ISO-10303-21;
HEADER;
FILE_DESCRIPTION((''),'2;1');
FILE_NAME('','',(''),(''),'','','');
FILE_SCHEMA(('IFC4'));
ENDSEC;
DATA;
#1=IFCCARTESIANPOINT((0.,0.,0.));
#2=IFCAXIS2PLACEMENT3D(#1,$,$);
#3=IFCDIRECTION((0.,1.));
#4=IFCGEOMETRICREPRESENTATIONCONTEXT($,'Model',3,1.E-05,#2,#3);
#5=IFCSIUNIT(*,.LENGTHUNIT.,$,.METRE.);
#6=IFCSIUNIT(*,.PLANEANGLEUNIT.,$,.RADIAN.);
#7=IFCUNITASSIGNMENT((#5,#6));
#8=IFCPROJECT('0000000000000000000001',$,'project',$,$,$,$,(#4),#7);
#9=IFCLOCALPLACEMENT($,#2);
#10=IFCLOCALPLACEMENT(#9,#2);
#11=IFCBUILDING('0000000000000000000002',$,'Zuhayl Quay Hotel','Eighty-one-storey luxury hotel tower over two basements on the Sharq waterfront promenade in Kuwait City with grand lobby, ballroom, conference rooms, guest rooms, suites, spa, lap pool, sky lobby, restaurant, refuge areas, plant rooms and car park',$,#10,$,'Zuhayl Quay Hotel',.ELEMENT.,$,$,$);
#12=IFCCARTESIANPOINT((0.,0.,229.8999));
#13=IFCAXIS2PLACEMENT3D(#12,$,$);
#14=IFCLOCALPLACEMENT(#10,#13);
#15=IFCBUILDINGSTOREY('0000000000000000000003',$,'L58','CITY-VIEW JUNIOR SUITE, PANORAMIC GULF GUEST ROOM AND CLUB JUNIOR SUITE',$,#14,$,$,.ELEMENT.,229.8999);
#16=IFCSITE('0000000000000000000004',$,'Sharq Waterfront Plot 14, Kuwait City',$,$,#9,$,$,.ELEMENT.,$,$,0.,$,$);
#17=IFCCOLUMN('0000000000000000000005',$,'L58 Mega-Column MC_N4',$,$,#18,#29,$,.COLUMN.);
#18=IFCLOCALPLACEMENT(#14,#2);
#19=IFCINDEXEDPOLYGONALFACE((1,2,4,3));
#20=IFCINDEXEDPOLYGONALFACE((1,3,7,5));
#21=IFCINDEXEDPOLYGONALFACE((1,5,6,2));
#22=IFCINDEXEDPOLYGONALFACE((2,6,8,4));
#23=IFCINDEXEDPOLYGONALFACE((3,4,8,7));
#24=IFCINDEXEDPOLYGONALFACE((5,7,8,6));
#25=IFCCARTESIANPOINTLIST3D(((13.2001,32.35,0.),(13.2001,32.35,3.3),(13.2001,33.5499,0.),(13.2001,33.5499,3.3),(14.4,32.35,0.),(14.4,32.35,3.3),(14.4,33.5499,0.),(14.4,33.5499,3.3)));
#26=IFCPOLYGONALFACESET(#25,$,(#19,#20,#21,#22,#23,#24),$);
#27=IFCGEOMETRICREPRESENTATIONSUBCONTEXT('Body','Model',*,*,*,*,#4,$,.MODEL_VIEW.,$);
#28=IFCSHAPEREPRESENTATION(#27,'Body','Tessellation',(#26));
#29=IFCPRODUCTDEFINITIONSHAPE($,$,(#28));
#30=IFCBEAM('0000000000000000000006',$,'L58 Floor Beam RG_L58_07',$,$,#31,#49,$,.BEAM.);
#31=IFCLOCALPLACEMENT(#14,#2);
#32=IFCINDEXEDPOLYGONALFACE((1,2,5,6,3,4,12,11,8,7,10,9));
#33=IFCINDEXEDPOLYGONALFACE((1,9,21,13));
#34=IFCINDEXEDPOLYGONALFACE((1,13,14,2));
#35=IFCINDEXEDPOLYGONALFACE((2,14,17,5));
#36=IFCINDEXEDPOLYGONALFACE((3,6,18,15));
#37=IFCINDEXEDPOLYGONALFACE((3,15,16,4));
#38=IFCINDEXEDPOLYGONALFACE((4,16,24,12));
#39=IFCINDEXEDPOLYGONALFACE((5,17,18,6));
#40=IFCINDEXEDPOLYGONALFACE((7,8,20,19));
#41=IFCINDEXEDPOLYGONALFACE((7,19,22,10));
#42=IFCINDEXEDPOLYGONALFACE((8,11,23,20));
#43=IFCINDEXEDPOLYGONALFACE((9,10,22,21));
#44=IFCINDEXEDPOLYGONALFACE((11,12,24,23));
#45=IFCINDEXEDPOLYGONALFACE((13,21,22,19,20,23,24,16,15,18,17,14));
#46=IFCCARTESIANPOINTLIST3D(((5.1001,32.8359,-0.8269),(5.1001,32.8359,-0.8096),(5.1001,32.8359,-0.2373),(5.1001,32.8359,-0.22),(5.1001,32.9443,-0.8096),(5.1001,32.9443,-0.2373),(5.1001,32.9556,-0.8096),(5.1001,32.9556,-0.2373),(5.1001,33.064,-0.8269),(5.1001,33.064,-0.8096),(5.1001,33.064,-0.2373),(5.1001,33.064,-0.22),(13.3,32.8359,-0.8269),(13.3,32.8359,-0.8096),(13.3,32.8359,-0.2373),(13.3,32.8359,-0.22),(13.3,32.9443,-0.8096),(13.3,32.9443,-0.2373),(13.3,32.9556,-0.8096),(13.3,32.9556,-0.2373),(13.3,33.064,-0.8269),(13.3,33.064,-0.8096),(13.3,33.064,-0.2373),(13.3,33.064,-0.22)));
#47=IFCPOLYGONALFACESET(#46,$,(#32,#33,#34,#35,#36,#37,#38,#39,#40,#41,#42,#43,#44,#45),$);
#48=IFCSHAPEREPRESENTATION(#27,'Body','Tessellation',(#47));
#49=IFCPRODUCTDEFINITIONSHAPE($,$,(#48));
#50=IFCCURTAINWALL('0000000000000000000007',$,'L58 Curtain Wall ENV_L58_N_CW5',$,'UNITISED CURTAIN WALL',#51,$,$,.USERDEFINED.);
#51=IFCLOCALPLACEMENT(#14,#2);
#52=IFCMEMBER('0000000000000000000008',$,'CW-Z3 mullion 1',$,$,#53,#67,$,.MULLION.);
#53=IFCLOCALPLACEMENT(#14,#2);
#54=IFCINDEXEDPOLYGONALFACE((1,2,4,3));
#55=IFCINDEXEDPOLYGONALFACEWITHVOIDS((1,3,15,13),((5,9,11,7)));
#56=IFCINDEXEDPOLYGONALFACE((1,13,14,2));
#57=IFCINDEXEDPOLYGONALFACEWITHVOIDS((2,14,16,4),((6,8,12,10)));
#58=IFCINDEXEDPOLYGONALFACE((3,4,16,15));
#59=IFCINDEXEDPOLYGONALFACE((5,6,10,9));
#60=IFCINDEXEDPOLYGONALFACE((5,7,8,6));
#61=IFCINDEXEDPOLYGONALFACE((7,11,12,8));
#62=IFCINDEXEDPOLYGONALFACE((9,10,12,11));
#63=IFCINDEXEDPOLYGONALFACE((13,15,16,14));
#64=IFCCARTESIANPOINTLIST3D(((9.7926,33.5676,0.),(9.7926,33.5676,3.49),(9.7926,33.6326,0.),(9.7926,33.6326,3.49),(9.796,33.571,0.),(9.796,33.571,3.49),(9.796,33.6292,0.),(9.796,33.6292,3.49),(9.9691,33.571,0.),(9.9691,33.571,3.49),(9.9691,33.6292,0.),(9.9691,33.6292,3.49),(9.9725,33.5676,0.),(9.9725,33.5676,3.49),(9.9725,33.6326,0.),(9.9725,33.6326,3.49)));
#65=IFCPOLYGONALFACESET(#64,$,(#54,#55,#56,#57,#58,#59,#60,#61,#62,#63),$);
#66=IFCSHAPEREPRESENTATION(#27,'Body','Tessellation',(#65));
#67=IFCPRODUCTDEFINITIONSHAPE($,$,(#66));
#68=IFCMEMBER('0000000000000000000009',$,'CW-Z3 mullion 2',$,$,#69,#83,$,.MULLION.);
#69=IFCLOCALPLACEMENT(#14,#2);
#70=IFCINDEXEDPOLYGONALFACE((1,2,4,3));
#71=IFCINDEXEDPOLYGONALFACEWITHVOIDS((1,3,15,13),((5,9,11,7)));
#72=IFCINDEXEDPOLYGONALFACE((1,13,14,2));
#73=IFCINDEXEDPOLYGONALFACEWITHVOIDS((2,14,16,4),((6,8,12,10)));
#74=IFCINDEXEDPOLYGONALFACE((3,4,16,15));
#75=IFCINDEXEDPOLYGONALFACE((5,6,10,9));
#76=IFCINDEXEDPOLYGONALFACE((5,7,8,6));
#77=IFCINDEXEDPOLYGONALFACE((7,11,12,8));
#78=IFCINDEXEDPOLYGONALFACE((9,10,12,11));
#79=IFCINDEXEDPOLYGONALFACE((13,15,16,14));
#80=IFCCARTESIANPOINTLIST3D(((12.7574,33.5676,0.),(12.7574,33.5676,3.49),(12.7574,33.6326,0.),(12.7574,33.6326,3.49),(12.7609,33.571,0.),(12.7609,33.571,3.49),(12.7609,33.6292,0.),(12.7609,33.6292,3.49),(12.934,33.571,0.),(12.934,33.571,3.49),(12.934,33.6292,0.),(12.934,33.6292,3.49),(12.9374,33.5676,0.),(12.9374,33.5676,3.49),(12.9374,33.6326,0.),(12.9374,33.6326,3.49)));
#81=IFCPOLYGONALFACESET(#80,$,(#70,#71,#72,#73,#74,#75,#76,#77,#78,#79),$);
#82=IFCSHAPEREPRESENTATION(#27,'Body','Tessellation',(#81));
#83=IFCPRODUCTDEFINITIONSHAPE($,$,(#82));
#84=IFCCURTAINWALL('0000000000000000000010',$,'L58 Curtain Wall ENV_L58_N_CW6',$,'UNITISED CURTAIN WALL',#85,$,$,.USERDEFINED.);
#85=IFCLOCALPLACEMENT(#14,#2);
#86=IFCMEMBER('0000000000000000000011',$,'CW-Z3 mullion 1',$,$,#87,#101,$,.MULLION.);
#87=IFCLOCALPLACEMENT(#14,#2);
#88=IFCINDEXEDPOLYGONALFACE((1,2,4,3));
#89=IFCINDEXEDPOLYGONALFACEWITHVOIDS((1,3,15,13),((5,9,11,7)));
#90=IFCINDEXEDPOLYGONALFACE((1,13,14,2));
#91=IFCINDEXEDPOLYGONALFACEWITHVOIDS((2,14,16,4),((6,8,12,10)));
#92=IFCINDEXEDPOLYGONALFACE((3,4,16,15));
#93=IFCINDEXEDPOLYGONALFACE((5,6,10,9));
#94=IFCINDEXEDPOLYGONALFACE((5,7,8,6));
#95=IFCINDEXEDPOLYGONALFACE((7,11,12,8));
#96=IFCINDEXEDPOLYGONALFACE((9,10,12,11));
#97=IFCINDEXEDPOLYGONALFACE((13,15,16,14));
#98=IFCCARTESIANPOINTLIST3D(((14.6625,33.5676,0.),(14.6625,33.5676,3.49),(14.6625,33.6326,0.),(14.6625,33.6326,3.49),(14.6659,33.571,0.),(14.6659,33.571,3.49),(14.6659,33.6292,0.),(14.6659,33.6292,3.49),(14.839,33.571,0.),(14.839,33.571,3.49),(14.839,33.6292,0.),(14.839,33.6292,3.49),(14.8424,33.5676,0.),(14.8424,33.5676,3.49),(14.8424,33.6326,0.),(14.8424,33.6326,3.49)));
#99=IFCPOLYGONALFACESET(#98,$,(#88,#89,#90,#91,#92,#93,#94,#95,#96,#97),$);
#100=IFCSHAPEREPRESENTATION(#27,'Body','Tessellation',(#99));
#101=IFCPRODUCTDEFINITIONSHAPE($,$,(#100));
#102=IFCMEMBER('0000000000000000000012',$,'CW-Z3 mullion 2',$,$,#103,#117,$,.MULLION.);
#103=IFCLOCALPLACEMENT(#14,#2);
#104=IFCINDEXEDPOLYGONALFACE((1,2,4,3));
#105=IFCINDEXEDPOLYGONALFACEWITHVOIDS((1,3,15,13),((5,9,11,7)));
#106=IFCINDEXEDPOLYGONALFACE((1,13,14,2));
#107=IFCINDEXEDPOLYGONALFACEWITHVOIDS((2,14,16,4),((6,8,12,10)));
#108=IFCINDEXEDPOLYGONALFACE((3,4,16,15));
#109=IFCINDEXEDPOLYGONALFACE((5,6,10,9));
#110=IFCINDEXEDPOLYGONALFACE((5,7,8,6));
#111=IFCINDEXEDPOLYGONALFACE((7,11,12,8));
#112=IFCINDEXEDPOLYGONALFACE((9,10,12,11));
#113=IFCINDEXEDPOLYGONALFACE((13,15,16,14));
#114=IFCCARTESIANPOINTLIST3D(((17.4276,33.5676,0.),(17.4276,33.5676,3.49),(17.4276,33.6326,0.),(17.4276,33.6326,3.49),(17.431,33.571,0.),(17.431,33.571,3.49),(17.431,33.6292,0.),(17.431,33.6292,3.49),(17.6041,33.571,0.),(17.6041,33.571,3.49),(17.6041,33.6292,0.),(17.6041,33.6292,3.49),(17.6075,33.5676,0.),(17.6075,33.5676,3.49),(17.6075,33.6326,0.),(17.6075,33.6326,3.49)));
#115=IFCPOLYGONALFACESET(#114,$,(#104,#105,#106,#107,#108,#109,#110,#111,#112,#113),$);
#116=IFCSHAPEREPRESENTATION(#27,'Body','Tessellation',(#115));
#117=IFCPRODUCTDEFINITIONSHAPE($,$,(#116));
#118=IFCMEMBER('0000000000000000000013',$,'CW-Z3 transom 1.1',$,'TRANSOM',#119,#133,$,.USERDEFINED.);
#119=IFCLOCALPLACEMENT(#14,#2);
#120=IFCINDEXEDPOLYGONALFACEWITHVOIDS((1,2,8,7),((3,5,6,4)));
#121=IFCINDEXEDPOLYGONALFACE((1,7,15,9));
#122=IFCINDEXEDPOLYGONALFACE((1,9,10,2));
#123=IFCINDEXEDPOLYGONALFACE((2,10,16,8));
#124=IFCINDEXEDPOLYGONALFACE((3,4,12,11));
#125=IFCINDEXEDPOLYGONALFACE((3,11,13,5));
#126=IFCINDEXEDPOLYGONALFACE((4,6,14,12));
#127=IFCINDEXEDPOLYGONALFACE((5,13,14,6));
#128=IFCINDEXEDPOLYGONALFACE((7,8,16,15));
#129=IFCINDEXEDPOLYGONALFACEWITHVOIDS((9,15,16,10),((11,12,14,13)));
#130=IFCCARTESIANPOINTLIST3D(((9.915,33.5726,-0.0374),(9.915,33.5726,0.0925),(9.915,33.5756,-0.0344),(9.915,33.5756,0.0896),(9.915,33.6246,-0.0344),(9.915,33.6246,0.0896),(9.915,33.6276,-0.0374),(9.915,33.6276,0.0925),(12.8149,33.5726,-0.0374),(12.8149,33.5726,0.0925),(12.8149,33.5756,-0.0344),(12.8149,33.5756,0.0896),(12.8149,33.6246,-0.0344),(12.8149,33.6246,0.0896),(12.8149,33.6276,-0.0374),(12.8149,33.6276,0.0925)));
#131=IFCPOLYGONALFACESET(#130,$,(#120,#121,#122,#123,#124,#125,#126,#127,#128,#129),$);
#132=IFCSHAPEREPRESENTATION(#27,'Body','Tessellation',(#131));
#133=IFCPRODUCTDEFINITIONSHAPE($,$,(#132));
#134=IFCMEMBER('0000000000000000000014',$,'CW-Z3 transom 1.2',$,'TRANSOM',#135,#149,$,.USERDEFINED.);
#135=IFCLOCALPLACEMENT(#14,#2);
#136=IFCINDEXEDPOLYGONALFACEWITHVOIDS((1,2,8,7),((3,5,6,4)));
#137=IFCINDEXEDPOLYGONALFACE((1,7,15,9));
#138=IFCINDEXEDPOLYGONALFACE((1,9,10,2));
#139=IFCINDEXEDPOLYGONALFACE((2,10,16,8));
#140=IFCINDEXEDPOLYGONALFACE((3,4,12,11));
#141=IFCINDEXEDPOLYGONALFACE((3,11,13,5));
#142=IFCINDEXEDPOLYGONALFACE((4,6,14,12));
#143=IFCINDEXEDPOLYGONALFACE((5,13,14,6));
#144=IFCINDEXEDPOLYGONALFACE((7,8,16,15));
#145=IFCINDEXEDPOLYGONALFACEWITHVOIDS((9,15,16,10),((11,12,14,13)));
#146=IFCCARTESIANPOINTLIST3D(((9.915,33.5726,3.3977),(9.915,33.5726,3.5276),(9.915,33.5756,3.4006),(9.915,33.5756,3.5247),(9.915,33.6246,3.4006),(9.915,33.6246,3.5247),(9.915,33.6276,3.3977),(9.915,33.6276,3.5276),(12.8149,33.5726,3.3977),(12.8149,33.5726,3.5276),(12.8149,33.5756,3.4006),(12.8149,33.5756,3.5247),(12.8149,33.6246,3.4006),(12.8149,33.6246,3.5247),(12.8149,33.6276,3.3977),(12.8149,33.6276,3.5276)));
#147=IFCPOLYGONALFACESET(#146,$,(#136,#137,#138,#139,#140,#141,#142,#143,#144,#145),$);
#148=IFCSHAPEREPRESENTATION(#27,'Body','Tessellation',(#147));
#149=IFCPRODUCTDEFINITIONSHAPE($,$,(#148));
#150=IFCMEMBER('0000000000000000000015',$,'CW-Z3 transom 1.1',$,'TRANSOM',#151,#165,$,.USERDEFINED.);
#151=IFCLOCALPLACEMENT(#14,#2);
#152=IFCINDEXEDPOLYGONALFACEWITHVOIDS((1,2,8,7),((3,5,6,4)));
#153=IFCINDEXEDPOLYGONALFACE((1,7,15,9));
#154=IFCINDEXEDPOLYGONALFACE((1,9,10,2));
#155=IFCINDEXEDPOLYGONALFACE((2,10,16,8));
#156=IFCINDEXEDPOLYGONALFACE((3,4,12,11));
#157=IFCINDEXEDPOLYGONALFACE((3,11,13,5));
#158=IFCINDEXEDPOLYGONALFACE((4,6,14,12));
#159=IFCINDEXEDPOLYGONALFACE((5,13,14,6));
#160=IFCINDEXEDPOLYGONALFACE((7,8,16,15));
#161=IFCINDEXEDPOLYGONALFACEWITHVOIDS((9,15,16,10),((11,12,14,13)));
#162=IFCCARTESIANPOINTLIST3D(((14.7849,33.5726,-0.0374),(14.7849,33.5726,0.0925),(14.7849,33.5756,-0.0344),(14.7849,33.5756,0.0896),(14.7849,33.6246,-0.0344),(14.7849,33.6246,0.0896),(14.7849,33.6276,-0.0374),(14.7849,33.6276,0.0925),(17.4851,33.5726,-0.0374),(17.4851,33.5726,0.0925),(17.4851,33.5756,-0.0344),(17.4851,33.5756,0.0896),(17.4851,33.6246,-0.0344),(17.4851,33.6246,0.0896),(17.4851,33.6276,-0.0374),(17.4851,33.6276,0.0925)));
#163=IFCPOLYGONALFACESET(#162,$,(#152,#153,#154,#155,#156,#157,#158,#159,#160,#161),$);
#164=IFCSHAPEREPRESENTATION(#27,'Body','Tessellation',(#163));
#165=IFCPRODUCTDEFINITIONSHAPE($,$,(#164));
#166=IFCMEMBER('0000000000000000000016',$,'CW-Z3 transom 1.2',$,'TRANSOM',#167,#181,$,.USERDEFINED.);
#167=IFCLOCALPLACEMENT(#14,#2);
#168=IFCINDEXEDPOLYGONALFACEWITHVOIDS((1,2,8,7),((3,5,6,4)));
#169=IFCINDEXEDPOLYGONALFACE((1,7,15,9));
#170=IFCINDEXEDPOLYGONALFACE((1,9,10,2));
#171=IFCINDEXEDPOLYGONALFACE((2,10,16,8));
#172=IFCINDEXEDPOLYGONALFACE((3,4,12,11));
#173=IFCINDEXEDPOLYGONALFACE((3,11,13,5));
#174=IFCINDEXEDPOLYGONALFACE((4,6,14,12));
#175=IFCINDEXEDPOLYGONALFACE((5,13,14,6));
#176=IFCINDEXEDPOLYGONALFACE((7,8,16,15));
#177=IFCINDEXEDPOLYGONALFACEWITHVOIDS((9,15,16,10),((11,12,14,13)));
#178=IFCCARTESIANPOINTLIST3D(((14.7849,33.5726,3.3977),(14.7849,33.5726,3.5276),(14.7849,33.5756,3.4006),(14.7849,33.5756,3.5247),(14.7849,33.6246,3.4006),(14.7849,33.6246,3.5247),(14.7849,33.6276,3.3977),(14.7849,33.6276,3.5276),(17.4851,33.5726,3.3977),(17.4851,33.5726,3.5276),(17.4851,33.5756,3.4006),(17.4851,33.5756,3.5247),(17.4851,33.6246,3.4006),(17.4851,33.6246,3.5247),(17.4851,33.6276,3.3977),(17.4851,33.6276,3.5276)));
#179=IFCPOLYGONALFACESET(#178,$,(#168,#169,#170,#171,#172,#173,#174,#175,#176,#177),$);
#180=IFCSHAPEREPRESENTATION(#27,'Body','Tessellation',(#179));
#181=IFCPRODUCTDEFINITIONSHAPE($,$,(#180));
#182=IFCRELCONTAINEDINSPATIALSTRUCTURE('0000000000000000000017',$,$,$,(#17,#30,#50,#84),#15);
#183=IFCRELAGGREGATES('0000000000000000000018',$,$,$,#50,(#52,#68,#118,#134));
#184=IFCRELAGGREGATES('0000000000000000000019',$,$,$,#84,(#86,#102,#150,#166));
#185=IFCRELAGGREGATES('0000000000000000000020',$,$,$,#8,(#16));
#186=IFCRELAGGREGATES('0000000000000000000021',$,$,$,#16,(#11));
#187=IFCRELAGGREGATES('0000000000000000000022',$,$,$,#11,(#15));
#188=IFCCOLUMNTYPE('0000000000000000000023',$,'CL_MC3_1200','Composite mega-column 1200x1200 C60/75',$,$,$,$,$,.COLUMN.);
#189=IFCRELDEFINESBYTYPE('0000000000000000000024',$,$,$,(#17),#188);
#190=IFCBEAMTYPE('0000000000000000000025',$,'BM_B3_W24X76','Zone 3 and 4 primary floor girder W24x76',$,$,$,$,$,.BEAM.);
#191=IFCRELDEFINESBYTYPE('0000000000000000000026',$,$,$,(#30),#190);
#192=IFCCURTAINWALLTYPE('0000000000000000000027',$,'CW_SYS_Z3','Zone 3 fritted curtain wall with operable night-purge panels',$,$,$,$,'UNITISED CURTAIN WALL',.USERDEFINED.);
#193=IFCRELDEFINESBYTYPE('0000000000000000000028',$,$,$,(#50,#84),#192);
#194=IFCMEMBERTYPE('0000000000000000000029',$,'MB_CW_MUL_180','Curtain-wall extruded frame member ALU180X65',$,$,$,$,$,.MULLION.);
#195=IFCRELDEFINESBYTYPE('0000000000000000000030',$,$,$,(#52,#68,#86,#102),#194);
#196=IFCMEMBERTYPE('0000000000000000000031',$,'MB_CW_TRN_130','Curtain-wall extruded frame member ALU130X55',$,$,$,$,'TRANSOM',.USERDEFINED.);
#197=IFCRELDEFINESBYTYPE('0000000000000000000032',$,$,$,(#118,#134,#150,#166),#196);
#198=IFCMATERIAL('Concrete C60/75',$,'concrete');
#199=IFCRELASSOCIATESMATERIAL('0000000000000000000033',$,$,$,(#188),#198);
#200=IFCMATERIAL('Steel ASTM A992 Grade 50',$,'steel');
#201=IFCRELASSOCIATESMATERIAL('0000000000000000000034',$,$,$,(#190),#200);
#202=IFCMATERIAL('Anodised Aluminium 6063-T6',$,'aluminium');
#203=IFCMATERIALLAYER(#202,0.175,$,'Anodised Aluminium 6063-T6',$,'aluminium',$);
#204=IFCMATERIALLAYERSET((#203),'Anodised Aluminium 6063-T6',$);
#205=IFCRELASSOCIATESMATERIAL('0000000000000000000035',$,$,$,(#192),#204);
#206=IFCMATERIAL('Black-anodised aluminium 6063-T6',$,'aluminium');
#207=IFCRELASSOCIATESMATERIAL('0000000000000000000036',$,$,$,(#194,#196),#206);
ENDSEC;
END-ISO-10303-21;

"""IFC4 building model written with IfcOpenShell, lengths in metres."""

from ifc_helpers import new_model, si_unit, direction, frame, origin, origin_2d, place, context, subcontext, project, spatial, rectangle, hollow_rectangle, i_section, extrude, material, layer, layer_set, material_profile, profile_set, type_object, element, aggregate, save


model = new_model("IFC4")

# Units and contexts
model_context = context("Model", 3, precision=1e-05, world=origin(), true_north=direction((0.0, 1.0)))
body_context = subcontext(model_context, "Body", "Model", "MODEL_VIEW")
ifc_project = project(units=[si_unit("LENGTHUNIT", "METRE"), si_unit("PLANEANGLEUNIT", "RADIAN")], contexts=[model_context])

# Site, building, storey
site_placement = place(None, origin())
site = spatial("IfcSite", under=ifc_project, at=site_placement, Name="Sharq Waterfront Plot 14, Kuwait City", CompositionType="ELEMENT", RefElevation=0.0)
building_placement = place(site_placement, origin())
building = spatial("IfcBuilding", under=site, at=building_placement, Name="Zuhayl Quay Hotel", Description="Eighty-one-storey luxury hotel tower over two basements on the Sharq waterfront promenade in Kuwait City with grand lobby, ballroom, conference rooms, guest rooms, suites, spa, lap pool, sky lobby, restaurant, refuge areas, plant rooms and car park", LongName="Zuhayl Quay Hotel", CompositionType="ELEMENT")
storey_placement = place(building_placement, frame((0.0, 0.0, 229.8999)))
storey = spatial("IfcBuildingStorey", under=building, at=storey_placement, Name="L58", Description="CITY-VIEW JUNIOR SUITE, PANORAMIC GULF GUEST ROOM AND CLUB JUNIOR SUITE", CompositionType="ELEMENT", Elevation=229.8999)

# Column
ifc_material_1 = material(Name="Concrete C60/75", Category="concrete")
ifc_material_profile_1 = material_profile(ifc_material_1, rectangle(XDim=1.2, YDim=1.2, at=origin_2d()), Name="RC1200X1200")
ifc_profile_set_1 = profile_set([ifc_material_profile_1], Name="Concrete C60/75")
column_type = type_object("IfcColumnType", Name="CL_MC3_1200", Description="Composite mega-column 1200x1200 C60/75", PredefinedType="COLUMN", material=ifc_profile_set_1)
column_placement = place(storey_placement, frame((13.8, 32.95, 0.0), z_axis=(0.0, 0.0, 1.0), x_axis=(1.0, 0.0, 0.0)))
element("IfcColumn", 1, at=column_placement, inside=storey, type_object=column_type, Name="L58 Mega-Column MC_N4", PredefinedType="COLUMN", context=body_context, shape_type="SweptSolid", body=[
    extrude(rectangle(XDim=1.2, YDim=1.2, at=origin_2d()), origin(), (0.0, 0.0, 1.0), 3.3),
])

# Beam
ifc_material_2 = material(Name="Steel ASTM A992 Grade 50", Category="steel")
ifc_material_profile_2 = material_profile(ifc_material_2, i_section(OverallWidth=0.228, OverallDepth=0.6069, WebThickness=0.0112, FlangeThickness=0.0173, at=origin_2d()), Name="W24X76")
ifc_profile_set_2 = profile_set([ifc_material_profile_2], Name="Steel ASTM A992 Grade 50")
beam_type = type_object("IfcBeamType", Name="BM_B3_W24X76", Description="Zone 3 and 4 primary floor girder W24x76", PredefinedType="BEAM", material=ifc_profile_set_2)
beam_placement = place(storey_placement, frame((13.3, 32.95, -0.5234), z_axis=(-1.0, 0.0, 0.0), x_axis=(0.0, -1.0, 0.0)))
element("IfcBeam", 2, at=beam_placement, inside=storey, type_object=beam_type, Name="L58 Floor Beam RG_L58_07", PredefinedType="BEAM", context=body_context, shape_type="SweptSolid", body=[
    extrude(i_section(OverallWidth=0.228, OverallDepth=0.6069, WebThickness=0.0112, FlangeThickness=0.0173, at=origin_2d()), origin(), (0.0, 0.0, 1.0), 8.2),
])

# Curtain walls, members
ifc_material_3 = material(Name="Anodised Aluminium 6063-T6", Category="aluminium")
ifc_layer_1 = layer(ifc_material_3, 0.175, Name="Anodised Aluminium 6063-T6", Category="aluminium")
ifc_layer_set_1 = layer_set([ifc_layer_1], Name="Anodised Aluminium 6063-T6")
curtain_wall_type = type_object("IfcCurtainWallType", Name="CW_SYS_Z3", Description="Zone 3 fritted curtain wall with operable night-purge panels", ElementType="UNITISED CURTAIN WALL", PredefinedType="USERDEFINED", material=ifc_layer_set_1)
curtain_wall_1_placement = place(storey_placement, origin())
curtain_wall_1 = element("IfcCurtainWall", 3, at=curtain_wall_1_placement, inside=storey, type_object=curtain_wall_type, Name="L58 Curtain Wall ENV_L58_N_CW5", ObjectType="UNITISED CURTAIN WALL", PredefinedType="USERDEFINED")
ifc_material_4 = material(Name="Black-anodised aluminium 6063-T6", Category="aluminium")
ifc_material_profile_3 = material_profile(ifc_material_4, hollow_rectangle(XDim=0.0649, YDim=0.1799, WallThickness=0.0034, at=origin_2d()), Name="ALU180X65")
ifc_profile_set_3 = profile_set([ifc_material_profile_3], Name="Black-anodised aluminium 6063-T6")
member_type_1 = type_object("IfcMemberType", Name="MB_CW_MUL_180", Description="Curtain-wall extruded frame member ALU180X65", PredefinedType="MULLION", material=ifc_profile_set_3)
member_1_placement = place(storey_placement, frame((9.8826, 33.6001, 0.0), z_axis=(0.0, 0.0, 1.0), x_axis=(0.0, 1.0, 0.0)))
member_1 = element("IfcMember", 4, at=member_1_placement, type_object=member_type_1, Name="CW-Z3 mullion 1", PredefinedType="MULLION", context=body_context, shape_type="SweptSolid", body=[
    extrude(hollow_rectangle(XDim=0.0649, YDim=0.1799, WallThickness=0.0034, at=origin_2d()), origin(), (0.0, 0.0, 1.0), 3.49),
])
member_2_placement = place(storey_placement, frame((12.8474, 33.6001, 0.0), z_axis=(0.0, 0.0, 1.0), x_axis=(0.0, 1.0, 0.0)))
member_2 = element("IfcMember", 5, at=member_2_placement, type_object=member_type_1, Name="CW-Z3 mullion 2", PredefinedType="MULLION", context=body_context, shape_type="SweptSolid", body=[
    extrude(hollow_rectangle(XDim=0.0649, YDim=0.1799, WallThickness=0.0034, at=origin_2d()), origin(), (0.0, 0.0, 1.0), 3.49),
])
curtain_wall_2_placement = place(storey_placement, origin())
curtain_wall_2 = element("IfcCurtainWall", 6, at=curtain_wall_2_placement, inside=storey, type_object=curtain_wall_type, Name="L58 Curtain Wall ENV_L58_N_CW6", ObjectType="UNITISED CURTAIN WALL", PredefinedType="USERDEFINED")
member_3_placement = place(storey_placement, frame((14.7524, 33.6001, 0.0), z_axis=(0.0, 0.0, 1.0), x_axis=(0.0, 1.0, 0.0)))
member_3 = element("IfcMember", 7, at=member_3_placement, type_object=member_type_1, Name="CW-Z3 mullion 1", PredefinedType="MULLION", context=body_context, shape_type="SweptSolid", body=[
    extrude(hollow_rectangle(XDim=0.0649, YDim=0.1799, WallThickness=0.0034, at=origin_2d()), origin(), (0.0, 0.0, 1.0), 3.49),
])
member_4_placement = place(storey_placement, frame((17.5176, 33.6001, 0.0), z_axis=(0.0, 0.0, 1.0), x_axis=(0.0, 1.0, 0.0)))
member_4 = element("IfcMember", 8, at=member_4_placement, type_object=member_type_1, Name="CW-Z3 mullion 2", PredefinedType="MULLION", context=body_context, shape_type="SweptSolid", body=[
    extrude(hollow_rectangle(XDim=0.0649, YDim=0.1799, WallThickness=0.0034, at=origin_2d()), origin(), (0.0, 0.0, 1.0), 3.49),
])

# Members
ifc_material_profile_4 = material_profile(ifc_material_4, hollow_rectangle(XDim=0.0549, YDim=0.1299, WallThickness=0.0029, at=origin_2d()), Name="ALU130X55")
ifc_profile_set_4 = profile_set([ifc_material_profile_4], Name="Black-anodised aluminium 6063-T6")
member_type_2 = type_object("IfcMemberType", Name="MB_CW_TRN_130", Description="Curtain-wall extruded frame member ALU130X55", ElementType="TRANSOM", PredefinedType="USERDEFINED", material=ifc_profile_set_4)
member_5_placement = place(storey_placement, frame((9.915, 33.6001, 0.0276), z_axis=(1.0, 0.0, 0.0), x_axis=(0.0, 1.0, 0.0)))
member_5 = element("IfcMember", 9, at=member_5_placement, type_object=member_type_2, Name="CW-Z3 transom 1.1", ObjectType="TRANSOM", PredefinedType="USERDEFINED", context=body_context, shape_type="SweptSolid", body=[
    extrude(hollow_rectangle(XDim=0.0549, YDim=0.1299, WallThickness=0.0029, at=origin_2d()), origin(), (0.0, 0.0, 1.0), 2.8999),
])
member_6_placement = place(storey_placement, frame((9.915, 33.6001, 3.4626), z_axis=(1.0, 0.0, 0.0), x_axis=(0.0, 1.0, 0.0)))
member_6 = element("IfcMember", 10, at=member_6_placement, type_object=member_type_2, Name="CW-Z3 transom 1.2", ObjectType="TRANSOM", PredefinedType="USERDEFINED", context=body_context, shape_type="SweptSolid", body=[
    extrude(hollow_rectangle(XDim=0.0549, YDim=0.1299, WallThickness=0.0029, at=origin_2d()), origin(), (0.0, 0.0, 1.0), 2.8999),
])
member_7_placement = place(storey_placement, frame((14.7849, 33.6001, 0.0276), z_axis=(1.0, 0.0, 0.0), x_axis=(0.0, 1.0, 0.0)))
member_7 = element("IfcMember", 11, at=member_7_placement, type_object=member_type_2, Name="CW-Z3 transom 1.1", ObjectType="TRANSOM", PredefinedType="USERDEFINED", context=body_context, shape_type="SweptSolid", body=[
    extrude(hollow_rectangle(XDim=0.0549, YDim=0.1299, WallThickness=0.0029, at=origin_2d()), origin(), (0.0, 0.0, 1.0), 2.7002),
])
member_8_placement = place(storey_placement, frame((14.7849, 33.6001, 3.4626), z_axis=(1.0, 0.0, 0.0), x_axis=(0.0, 1.0, 0.0)))
member_8 = element("IfcMember", 12, at=member_8_placement, type_object=member_type_2, Name="CW-Z3 transom 1.2", ObjectType="TRANSOM", PredefinedType="USERDEFINED", context=body_context, shape_type="SweptSolid", body=[
    extrude(hollow_rectangle(XDim=0.0549, YDim=0.1299, WallThickness=0.0029, at=origin_2d()), origin(), (0.0, 0.0, 1.0), 2.7002),
])

aggregate(curtain_wall_1, [member_1, member_2, member_5, member_6])
aggregate(curtain_wall_2, [member_3, member_4, member_7, member_8])

save(model, "model.ifc")
